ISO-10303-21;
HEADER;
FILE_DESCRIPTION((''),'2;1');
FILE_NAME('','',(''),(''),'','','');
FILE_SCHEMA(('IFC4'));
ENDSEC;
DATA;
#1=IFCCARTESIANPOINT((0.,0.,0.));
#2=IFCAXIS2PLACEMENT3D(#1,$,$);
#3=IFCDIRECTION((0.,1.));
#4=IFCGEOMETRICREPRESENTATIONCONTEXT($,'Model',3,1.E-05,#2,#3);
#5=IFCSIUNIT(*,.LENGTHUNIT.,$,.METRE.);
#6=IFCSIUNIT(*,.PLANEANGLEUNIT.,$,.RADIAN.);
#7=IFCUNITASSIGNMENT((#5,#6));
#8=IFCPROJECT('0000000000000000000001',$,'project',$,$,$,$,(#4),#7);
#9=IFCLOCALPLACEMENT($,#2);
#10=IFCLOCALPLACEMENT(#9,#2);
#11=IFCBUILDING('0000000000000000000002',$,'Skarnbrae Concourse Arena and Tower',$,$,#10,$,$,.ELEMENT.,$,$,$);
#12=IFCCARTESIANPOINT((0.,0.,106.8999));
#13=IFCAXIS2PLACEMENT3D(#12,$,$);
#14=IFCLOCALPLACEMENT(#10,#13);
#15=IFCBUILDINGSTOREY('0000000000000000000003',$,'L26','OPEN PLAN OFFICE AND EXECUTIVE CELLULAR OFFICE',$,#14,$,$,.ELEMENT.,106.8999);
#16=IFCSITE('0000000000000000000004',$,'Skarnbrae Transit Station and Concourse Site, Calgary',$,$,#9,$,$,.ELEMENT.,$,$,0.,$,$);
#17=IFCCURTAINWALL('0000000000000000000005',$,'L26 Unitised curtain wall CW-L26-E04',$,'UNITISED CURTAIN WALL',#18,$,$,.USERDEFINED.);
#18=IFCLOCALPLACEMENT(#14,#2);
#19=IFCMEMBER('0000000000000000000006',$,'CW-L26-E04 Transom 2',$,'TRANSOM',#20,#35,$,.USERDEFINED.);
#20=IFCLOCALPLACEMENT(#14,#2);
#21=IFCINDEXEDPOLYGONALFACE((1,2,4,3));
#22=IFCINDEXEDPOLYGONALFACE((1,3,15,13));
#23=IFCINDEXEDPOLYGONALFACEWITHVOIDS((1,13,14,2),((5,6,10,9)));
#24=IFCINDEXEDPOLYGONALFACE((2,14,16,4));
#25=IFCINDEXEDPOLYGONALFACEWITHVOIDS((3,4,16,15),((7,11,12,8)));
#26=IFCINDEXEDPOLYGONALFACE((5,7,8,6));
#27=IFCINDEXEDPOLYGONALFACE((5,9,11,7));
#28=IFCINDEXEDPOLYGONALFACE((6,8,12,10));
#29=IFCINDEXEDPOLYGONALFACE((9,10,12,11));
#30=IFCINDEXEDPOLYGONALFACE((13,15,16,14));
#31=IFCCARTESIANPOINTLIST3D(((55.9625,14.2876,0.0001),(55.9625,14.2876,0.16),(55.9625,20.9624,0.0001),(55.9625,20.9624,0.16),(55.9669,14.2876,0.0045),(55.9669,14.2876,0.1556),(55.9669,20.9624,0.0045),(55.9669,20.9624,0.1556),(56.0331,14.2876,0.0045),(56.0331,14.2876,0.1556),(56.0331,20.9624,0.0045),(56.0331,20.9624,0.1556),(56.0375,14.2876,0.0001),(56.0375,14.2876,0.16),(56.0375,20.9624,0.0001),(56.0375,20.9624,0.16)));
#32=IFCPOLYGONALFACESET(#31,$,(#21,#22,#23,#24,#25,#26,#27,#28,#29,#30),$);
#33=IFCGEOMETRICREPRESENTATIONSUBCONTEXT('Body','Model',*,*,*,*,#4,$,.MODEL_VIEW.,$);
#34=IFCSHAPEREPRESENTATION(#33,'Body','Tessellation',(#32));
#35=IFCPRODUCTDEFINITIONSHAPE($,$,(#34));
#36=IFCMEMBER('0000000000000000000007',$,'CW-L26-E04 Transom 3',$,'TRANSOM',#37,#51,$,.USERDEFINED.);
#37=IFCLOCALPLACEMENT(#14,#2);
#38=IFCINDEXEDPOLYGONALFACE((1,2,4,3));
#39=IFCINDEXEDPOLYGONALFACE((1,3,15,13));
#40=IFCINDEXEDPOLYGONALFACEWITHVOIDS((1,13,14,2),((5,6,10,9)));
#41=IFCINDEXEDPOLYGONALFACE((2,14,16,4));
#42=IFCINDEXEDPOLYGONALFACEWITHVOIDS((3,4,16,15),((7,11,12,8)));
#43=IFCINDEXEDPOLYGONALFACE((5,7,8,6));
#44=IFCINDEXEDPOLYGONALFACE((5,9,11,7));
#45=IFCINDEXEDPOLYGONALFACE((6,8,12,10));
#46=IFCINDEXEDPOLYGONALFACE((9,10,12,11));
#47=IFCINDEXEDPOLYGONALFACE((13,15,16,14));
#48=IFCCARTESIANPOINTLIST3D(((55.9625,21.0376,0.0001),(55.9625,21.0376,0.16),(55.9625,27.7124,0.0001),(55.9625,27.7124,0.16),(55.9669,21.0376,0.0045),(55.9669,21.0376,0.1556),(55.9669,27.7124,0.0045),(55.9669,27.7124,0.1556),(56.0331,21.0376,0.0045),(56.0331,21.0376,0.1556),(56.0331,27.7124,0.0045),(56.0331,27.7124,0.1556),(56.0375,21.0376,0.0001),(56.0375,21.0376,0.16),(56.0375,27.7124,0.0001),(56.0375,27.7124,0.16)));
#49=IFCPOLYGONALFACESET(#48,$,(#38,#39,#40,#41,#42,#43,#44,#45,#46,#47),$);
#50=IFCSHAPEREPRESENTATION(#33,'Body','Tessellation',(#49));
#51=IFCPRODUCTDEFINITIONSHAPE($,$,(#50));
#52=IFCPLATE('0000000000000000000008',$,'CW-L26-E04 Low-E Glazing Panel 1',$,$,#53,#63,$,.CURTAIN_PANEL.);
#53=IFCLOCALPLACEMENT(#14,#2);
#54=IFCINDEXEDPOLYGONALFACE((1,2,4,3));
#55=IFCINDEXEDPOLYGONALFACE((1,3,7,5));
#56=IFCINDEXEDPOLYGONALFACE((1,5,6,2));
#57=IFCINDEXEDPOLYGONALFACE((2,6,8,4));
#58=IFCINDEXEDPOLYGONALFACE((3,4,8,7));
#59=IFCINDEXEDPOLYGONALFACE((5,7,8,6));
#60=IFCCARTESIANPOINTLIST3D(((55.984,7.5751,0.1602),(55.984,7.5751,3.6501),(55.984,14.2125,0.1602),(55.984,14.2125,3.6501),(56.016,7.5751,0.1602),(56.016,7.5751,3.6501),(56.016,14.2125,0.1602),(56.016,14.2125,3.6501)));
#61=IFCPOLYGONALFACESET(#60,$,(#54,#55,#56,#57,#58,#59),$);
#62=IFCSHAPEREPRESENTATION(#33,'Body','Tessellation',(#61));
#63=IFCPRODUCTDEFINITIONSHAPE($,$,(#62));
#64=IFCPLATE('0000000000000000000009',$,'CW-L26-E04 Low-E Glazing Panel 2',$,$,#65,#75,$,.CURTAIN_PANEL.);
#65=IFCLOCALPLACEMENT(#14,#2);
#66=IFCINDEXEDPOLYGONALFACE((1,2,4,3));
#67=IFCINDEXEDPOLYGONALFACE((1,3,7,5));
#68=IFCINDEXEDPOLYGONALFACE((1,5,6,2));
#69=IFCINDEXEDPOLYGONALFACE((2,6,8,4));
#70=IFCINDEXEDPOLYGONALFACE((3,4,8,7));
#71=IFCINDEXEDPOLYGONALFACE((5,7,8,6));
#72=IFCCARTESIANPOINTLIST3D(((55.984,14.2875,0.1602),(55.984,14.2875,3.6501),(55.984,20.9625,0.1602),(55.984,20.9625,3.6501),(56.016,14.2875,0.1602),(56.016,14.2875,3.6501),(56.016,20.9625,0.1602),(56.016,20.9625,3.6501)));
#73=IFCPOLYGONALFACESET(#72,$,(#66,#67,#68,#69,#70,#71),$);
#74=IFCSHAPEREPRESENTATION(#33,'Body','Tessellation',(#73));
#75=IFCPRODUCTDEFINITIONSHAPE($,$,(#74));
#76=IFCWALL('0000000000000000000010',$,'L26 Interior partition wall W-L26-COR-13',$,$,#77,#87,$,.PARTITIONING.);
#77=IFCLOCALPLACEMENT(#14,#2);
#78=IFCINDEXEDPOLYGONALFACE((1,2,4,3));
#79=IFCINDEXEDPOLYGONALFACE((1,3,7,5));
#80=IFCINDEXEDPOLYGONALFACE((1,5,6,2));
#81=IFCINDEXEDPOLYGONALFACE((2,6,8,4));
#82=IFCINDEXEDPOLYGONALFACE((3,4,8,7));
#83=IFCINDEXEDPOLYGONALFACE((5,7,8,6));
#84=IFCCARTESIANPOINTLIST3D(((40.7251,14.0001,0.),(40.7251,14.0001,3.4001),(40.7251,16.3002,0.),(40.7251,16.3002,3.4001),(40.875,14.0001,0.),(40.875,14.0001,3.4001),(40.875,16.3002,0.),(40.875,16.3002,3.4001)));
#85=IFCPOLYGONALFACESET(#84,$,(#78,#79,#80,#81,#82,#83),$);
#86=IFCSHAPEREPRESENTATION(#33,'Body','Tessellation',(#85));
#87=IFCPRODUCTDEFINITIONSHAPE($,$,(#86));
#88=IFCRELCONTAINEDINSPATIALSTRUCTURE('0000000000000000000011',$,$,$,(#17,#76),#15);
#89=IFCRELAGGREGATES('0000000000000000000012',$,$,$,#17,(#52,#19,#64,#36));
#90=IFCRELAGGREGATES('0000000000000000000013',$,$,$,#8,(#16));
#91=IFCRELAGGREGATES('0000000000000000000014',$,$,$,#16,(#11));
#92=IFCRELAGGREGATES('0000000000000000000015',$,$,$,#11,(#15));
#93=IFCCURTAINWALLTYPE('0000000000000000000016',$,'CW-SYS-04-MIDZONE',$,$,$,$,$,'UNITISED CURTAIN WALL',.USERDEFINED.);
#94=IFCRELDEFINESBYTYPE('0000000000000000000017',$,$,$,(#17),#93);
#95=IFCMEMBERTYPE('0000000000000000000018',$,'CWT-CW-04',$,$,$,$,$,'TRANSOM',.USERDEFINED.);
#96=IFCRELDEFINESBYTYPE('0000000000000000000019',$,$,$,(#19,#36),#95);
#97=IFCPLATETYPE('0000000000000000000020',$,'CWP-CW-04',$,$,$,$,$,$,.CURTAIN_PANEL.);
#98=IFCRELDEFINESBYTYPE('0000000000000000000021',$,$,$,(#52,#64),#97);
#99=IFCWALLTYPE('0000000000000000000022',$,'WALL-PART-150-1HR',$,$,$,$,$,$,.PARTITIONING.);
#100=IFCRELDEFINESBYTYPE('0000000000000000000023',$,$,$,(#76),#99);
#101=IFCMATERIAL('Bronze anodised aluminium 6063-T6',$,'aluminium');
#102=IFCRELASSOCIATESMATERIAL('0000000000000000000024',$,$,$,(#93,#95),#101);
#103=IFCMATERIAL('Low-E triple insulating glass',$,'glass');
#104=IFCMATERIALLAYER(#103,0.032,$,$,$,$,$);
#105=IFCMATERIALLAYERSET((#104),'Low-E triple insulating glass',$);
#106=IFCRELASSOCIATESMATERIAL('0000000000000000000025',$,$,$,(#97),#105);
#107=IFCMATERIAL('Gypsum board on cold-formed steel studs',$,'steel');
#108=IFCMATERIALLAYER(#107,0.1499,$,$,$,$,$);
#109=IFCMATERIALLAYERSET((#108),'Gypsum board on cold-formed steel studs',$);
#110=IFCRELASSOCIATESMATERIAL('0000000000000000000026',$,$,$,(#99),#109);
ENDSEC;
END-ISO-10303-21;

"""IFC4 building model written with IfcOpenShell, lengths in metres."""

from ifc_helpers import new_model, si_unit, direction, frame, frame_2d, origin, origin_2d, place, context, subcontext, project, spatial, rectangle, hollow_rectangle, extrude, source, transform, mapped, material, layer, layer_set, material_profile, profile_set, type_object, element, aggregate, save


model = new_model("IFC4")

# Units and contexts
model_context = context("Model", 3, precision=1e-05, world=origin(), true_north=direction((0.0, 1.0)))
body_context = subcontext(model_context, "Body", "Model", "MODEL_VIEW")
ifc_project = project(units=[si_unit("LENGTHUNIT", "METRE"), si_unit("PLANEANGLEUNIT", "RADIAN")], contexts=[model_context])

# Site, building, storey
site_placement = place(None, origin())
site = spatial("IfcSite", under=ifc_project, at=site_placement, Name="Skarnbrae Transit Station and Concourse Site, Calgary", CompositionType="ELEMENT", RefElevation=0.0)
building_placement = place(site_placement, origin())
building = spatial("IfcBuilding", under=site, at=building_placement, Name="Skarnbrae Concourse Arena and Tower", CompositionType="ELEMENT")
storey_placement = place(building_placement, frame((0.0, 0.0, 106.8999)))
storey = spatial("IfcBuildingStorey", under=building, at=storey_placement, Name="L26", Description="OPEN PLAN OFFICE AND EXECUTIVE CELLULAR OFFICE", CompositionType="ELEMENT", Elevation=106.8999)

# Curtain wall, members, plates
ifc_material_1 = material(Name="Bronze anodised aluminium 6063-T6", Category="aluminium")
curtain_wall_type = type_object("IfcCurtainWallType", Name="CW-SYS-04-MIDZONE", ElementType="UNITISED CURTAIN WALL", PredefinedType="USERDEFINED", material=ifc_material_1)
curtain_wall_placement = place(storey_placement, origin())
curtain_wall = element("IfcCurtainWall", 1, at=curtain_wall_placement, inside=storey, type_object=curtain_wall_type, Name="L26 Unitised curtain wall CW-L26-E04", ObjectType="UNITISED CURTAIN WALL", PredefinedType="USERDEFINED")
ifc_material_profile_1 = material_profile(ifc_material_1, hollow_rectangle(XDim=0.075, YDim=0.1599, WallThickness=0.0044, at=origin_2d()), Name="ALU-TRAN-75X160")
ifc_profile_set_1 = profile_set([ifc_material_profile_1], Name="Bronze anodised aluminium 6063-T6")
member_type_1 = type_object("IfcMemberType", Name="CWT-CW-04", ElementType="TRANSOM", PredefinedType="USERDEFINED", material=ifc_profile_set_1)
shared_shape_1 = source(origin(), body_context, "Body", "SweptSolid", [
    extrude(hollow_rectangle(XDim=0.075, YDim=0.1599, WallThickness=0.0044, at=origin_2d()), origin(), (0.0, 0.0, 1.0), 6.6748),
])
member_1_placement = place(storey_placement, frame((56.0, 14.2876, 0.0801), z_axis=(0.0, 1.0, 0.0), x_axis=(-1.0, 0.0, 0.0)))
member_1 = element("IfcMember", 2, at=member_1_placement, type_object=member_type_1, Name="CW-L26-E04 Transom 2", ObjectType="TRANSOM", PredefinedType="USERDEFINED", context=body_context, shape_type="MappedRepresentation", body=[
    mapped(shared_shape_1, transform((0.0, 0.0, 0.0))),
])
member_2_placement = place(storey_placement, frame((56.0, 21.0376, 0.0801), z_axis=(0.0, 1.0, 0.0), x_axis=(-1.0, 0.0, 0.0)))
member_2 = element("IfcMember", 3, at=member_2_placement, type_object=member_type_1, Name="CW-L26-E04 Transom 3", ObjectType="TRANSOM", PredefinedType="USERDEFINED", context=body_context, shape_type="MappedRepresentation", body=[
    mapped(shared_shape_1, transform((0.0, 0.0, 0.0))),
])
ifc_material_2 = material(Name="Low-E triple insulating glass", Category="glass")
ifc_layer_1 = layer(ifc_material_2, 0.032)
ifc_layer_set_1 = layer_set([ifc_layer_1], Name="Low-E triple insulating glass")
plate_type = type_object("IfcPlateType", Name="CWP-CW-04", PredefinedType="CURTAIN_PANEL", material=ifc_layer_set_1)
shared_shape_2 = source(origin(), body_context, "Body", "SweptSolid", [
    extrude(rectangle(XDim=6.6375, YDim=0.032, at=origin_2d()), origin(), (0.0, 0.0, 1.0), 3.49),
])
plate_1_placement = place(storey_placement, frame((56.0, 10.8938, 0.1602), z_axis=(0.0, 0.0, 1.0), x_axis=(0.0, 1.0, 0.0)))
plate_1 = element("IfcPlate", 4, at=plate_1_placement, type_object=plate_type, Name="CW-L26-E04 Low-E Glazing Panel 1", PredefinedType="CURTAIN_PANEL", context=body_context, shape_type="MappedRepresentation", body=[
    mapped(shared_shape_2, transform((0.0, 0.0, 0.0))),
])
shared_shape_3 = source(origin(), body_context, "Body", "SweptSolid", [
    extrude(rectangle(XDim=6.675, YDim=0.032, at=origin_2d()), origin(), (0.0, 0.0, 1.0), 3.49),
])
plate_2_placement = place(storey_placement, frame((56.0, 17.625, 0.1602), z_axis=(0.0, 0.0, 1.0), x_axis=(0.0, 1.0, 0.0)))
plate_2 = element("IfcPlate", 5, at=plate_2_placement, type_object=plate_type, Name="CW-L26-E04 Low-E Glazing Panel 2", PredefinedType="CURTAIN_PANEL", context=body_context, shape_type="MappedRepresentation", body=[
    mapped(shared_shape_3, transform((0.0, 0.0, 0.0))),
])
aggregate(curtain_wall, [plate_1, member_1, plate_2, member_2])

# Wall
ifc_material_3 = material(Name="Gypsum board on cold-formed steel studs", Category="steel")
ifc_layer_2 = layer(ifc_material_3, 0.1499)
ifc_layer_set_2 = layer_set([ifc_layer_2], Name="Gypsum board on cold-formed steel studs")
wall_type = type_object("IfcWallType", Name="WALL-PART-150-1HR", PredefinedType="PARTITIONING", material=ifc_layer_set_2)
shared_shape_4 = source(origin(), body_context, "Body", "SweptSolid", [
    extrude(rectangle(XDim=2.3, YDim=0.1499, at=frame_2d((1.1499, 0.0))), origin(), (0.0, 0.0, 1.0), 3.4001),
])
wall_placement = place(storey_placement, frame((40.8, 16.3, 0.0), z_axis=(0.0, 0.0, 1.0), x_axis=(0.0, -1.0, 0.0)))
element("IfcWall", 6, at=wall_placement, inside=storey, type_object=wall_type, Name="L26 Interior partition wall W-L26-COR-13", PredefinedType="PARTITIONING", context=body_context, shape_type="MappedRepresentation", body=[
    mapped(shared_shape_4, transform((0.0, 0.0, 0.0))),
])

save(model, "model.ifc")
